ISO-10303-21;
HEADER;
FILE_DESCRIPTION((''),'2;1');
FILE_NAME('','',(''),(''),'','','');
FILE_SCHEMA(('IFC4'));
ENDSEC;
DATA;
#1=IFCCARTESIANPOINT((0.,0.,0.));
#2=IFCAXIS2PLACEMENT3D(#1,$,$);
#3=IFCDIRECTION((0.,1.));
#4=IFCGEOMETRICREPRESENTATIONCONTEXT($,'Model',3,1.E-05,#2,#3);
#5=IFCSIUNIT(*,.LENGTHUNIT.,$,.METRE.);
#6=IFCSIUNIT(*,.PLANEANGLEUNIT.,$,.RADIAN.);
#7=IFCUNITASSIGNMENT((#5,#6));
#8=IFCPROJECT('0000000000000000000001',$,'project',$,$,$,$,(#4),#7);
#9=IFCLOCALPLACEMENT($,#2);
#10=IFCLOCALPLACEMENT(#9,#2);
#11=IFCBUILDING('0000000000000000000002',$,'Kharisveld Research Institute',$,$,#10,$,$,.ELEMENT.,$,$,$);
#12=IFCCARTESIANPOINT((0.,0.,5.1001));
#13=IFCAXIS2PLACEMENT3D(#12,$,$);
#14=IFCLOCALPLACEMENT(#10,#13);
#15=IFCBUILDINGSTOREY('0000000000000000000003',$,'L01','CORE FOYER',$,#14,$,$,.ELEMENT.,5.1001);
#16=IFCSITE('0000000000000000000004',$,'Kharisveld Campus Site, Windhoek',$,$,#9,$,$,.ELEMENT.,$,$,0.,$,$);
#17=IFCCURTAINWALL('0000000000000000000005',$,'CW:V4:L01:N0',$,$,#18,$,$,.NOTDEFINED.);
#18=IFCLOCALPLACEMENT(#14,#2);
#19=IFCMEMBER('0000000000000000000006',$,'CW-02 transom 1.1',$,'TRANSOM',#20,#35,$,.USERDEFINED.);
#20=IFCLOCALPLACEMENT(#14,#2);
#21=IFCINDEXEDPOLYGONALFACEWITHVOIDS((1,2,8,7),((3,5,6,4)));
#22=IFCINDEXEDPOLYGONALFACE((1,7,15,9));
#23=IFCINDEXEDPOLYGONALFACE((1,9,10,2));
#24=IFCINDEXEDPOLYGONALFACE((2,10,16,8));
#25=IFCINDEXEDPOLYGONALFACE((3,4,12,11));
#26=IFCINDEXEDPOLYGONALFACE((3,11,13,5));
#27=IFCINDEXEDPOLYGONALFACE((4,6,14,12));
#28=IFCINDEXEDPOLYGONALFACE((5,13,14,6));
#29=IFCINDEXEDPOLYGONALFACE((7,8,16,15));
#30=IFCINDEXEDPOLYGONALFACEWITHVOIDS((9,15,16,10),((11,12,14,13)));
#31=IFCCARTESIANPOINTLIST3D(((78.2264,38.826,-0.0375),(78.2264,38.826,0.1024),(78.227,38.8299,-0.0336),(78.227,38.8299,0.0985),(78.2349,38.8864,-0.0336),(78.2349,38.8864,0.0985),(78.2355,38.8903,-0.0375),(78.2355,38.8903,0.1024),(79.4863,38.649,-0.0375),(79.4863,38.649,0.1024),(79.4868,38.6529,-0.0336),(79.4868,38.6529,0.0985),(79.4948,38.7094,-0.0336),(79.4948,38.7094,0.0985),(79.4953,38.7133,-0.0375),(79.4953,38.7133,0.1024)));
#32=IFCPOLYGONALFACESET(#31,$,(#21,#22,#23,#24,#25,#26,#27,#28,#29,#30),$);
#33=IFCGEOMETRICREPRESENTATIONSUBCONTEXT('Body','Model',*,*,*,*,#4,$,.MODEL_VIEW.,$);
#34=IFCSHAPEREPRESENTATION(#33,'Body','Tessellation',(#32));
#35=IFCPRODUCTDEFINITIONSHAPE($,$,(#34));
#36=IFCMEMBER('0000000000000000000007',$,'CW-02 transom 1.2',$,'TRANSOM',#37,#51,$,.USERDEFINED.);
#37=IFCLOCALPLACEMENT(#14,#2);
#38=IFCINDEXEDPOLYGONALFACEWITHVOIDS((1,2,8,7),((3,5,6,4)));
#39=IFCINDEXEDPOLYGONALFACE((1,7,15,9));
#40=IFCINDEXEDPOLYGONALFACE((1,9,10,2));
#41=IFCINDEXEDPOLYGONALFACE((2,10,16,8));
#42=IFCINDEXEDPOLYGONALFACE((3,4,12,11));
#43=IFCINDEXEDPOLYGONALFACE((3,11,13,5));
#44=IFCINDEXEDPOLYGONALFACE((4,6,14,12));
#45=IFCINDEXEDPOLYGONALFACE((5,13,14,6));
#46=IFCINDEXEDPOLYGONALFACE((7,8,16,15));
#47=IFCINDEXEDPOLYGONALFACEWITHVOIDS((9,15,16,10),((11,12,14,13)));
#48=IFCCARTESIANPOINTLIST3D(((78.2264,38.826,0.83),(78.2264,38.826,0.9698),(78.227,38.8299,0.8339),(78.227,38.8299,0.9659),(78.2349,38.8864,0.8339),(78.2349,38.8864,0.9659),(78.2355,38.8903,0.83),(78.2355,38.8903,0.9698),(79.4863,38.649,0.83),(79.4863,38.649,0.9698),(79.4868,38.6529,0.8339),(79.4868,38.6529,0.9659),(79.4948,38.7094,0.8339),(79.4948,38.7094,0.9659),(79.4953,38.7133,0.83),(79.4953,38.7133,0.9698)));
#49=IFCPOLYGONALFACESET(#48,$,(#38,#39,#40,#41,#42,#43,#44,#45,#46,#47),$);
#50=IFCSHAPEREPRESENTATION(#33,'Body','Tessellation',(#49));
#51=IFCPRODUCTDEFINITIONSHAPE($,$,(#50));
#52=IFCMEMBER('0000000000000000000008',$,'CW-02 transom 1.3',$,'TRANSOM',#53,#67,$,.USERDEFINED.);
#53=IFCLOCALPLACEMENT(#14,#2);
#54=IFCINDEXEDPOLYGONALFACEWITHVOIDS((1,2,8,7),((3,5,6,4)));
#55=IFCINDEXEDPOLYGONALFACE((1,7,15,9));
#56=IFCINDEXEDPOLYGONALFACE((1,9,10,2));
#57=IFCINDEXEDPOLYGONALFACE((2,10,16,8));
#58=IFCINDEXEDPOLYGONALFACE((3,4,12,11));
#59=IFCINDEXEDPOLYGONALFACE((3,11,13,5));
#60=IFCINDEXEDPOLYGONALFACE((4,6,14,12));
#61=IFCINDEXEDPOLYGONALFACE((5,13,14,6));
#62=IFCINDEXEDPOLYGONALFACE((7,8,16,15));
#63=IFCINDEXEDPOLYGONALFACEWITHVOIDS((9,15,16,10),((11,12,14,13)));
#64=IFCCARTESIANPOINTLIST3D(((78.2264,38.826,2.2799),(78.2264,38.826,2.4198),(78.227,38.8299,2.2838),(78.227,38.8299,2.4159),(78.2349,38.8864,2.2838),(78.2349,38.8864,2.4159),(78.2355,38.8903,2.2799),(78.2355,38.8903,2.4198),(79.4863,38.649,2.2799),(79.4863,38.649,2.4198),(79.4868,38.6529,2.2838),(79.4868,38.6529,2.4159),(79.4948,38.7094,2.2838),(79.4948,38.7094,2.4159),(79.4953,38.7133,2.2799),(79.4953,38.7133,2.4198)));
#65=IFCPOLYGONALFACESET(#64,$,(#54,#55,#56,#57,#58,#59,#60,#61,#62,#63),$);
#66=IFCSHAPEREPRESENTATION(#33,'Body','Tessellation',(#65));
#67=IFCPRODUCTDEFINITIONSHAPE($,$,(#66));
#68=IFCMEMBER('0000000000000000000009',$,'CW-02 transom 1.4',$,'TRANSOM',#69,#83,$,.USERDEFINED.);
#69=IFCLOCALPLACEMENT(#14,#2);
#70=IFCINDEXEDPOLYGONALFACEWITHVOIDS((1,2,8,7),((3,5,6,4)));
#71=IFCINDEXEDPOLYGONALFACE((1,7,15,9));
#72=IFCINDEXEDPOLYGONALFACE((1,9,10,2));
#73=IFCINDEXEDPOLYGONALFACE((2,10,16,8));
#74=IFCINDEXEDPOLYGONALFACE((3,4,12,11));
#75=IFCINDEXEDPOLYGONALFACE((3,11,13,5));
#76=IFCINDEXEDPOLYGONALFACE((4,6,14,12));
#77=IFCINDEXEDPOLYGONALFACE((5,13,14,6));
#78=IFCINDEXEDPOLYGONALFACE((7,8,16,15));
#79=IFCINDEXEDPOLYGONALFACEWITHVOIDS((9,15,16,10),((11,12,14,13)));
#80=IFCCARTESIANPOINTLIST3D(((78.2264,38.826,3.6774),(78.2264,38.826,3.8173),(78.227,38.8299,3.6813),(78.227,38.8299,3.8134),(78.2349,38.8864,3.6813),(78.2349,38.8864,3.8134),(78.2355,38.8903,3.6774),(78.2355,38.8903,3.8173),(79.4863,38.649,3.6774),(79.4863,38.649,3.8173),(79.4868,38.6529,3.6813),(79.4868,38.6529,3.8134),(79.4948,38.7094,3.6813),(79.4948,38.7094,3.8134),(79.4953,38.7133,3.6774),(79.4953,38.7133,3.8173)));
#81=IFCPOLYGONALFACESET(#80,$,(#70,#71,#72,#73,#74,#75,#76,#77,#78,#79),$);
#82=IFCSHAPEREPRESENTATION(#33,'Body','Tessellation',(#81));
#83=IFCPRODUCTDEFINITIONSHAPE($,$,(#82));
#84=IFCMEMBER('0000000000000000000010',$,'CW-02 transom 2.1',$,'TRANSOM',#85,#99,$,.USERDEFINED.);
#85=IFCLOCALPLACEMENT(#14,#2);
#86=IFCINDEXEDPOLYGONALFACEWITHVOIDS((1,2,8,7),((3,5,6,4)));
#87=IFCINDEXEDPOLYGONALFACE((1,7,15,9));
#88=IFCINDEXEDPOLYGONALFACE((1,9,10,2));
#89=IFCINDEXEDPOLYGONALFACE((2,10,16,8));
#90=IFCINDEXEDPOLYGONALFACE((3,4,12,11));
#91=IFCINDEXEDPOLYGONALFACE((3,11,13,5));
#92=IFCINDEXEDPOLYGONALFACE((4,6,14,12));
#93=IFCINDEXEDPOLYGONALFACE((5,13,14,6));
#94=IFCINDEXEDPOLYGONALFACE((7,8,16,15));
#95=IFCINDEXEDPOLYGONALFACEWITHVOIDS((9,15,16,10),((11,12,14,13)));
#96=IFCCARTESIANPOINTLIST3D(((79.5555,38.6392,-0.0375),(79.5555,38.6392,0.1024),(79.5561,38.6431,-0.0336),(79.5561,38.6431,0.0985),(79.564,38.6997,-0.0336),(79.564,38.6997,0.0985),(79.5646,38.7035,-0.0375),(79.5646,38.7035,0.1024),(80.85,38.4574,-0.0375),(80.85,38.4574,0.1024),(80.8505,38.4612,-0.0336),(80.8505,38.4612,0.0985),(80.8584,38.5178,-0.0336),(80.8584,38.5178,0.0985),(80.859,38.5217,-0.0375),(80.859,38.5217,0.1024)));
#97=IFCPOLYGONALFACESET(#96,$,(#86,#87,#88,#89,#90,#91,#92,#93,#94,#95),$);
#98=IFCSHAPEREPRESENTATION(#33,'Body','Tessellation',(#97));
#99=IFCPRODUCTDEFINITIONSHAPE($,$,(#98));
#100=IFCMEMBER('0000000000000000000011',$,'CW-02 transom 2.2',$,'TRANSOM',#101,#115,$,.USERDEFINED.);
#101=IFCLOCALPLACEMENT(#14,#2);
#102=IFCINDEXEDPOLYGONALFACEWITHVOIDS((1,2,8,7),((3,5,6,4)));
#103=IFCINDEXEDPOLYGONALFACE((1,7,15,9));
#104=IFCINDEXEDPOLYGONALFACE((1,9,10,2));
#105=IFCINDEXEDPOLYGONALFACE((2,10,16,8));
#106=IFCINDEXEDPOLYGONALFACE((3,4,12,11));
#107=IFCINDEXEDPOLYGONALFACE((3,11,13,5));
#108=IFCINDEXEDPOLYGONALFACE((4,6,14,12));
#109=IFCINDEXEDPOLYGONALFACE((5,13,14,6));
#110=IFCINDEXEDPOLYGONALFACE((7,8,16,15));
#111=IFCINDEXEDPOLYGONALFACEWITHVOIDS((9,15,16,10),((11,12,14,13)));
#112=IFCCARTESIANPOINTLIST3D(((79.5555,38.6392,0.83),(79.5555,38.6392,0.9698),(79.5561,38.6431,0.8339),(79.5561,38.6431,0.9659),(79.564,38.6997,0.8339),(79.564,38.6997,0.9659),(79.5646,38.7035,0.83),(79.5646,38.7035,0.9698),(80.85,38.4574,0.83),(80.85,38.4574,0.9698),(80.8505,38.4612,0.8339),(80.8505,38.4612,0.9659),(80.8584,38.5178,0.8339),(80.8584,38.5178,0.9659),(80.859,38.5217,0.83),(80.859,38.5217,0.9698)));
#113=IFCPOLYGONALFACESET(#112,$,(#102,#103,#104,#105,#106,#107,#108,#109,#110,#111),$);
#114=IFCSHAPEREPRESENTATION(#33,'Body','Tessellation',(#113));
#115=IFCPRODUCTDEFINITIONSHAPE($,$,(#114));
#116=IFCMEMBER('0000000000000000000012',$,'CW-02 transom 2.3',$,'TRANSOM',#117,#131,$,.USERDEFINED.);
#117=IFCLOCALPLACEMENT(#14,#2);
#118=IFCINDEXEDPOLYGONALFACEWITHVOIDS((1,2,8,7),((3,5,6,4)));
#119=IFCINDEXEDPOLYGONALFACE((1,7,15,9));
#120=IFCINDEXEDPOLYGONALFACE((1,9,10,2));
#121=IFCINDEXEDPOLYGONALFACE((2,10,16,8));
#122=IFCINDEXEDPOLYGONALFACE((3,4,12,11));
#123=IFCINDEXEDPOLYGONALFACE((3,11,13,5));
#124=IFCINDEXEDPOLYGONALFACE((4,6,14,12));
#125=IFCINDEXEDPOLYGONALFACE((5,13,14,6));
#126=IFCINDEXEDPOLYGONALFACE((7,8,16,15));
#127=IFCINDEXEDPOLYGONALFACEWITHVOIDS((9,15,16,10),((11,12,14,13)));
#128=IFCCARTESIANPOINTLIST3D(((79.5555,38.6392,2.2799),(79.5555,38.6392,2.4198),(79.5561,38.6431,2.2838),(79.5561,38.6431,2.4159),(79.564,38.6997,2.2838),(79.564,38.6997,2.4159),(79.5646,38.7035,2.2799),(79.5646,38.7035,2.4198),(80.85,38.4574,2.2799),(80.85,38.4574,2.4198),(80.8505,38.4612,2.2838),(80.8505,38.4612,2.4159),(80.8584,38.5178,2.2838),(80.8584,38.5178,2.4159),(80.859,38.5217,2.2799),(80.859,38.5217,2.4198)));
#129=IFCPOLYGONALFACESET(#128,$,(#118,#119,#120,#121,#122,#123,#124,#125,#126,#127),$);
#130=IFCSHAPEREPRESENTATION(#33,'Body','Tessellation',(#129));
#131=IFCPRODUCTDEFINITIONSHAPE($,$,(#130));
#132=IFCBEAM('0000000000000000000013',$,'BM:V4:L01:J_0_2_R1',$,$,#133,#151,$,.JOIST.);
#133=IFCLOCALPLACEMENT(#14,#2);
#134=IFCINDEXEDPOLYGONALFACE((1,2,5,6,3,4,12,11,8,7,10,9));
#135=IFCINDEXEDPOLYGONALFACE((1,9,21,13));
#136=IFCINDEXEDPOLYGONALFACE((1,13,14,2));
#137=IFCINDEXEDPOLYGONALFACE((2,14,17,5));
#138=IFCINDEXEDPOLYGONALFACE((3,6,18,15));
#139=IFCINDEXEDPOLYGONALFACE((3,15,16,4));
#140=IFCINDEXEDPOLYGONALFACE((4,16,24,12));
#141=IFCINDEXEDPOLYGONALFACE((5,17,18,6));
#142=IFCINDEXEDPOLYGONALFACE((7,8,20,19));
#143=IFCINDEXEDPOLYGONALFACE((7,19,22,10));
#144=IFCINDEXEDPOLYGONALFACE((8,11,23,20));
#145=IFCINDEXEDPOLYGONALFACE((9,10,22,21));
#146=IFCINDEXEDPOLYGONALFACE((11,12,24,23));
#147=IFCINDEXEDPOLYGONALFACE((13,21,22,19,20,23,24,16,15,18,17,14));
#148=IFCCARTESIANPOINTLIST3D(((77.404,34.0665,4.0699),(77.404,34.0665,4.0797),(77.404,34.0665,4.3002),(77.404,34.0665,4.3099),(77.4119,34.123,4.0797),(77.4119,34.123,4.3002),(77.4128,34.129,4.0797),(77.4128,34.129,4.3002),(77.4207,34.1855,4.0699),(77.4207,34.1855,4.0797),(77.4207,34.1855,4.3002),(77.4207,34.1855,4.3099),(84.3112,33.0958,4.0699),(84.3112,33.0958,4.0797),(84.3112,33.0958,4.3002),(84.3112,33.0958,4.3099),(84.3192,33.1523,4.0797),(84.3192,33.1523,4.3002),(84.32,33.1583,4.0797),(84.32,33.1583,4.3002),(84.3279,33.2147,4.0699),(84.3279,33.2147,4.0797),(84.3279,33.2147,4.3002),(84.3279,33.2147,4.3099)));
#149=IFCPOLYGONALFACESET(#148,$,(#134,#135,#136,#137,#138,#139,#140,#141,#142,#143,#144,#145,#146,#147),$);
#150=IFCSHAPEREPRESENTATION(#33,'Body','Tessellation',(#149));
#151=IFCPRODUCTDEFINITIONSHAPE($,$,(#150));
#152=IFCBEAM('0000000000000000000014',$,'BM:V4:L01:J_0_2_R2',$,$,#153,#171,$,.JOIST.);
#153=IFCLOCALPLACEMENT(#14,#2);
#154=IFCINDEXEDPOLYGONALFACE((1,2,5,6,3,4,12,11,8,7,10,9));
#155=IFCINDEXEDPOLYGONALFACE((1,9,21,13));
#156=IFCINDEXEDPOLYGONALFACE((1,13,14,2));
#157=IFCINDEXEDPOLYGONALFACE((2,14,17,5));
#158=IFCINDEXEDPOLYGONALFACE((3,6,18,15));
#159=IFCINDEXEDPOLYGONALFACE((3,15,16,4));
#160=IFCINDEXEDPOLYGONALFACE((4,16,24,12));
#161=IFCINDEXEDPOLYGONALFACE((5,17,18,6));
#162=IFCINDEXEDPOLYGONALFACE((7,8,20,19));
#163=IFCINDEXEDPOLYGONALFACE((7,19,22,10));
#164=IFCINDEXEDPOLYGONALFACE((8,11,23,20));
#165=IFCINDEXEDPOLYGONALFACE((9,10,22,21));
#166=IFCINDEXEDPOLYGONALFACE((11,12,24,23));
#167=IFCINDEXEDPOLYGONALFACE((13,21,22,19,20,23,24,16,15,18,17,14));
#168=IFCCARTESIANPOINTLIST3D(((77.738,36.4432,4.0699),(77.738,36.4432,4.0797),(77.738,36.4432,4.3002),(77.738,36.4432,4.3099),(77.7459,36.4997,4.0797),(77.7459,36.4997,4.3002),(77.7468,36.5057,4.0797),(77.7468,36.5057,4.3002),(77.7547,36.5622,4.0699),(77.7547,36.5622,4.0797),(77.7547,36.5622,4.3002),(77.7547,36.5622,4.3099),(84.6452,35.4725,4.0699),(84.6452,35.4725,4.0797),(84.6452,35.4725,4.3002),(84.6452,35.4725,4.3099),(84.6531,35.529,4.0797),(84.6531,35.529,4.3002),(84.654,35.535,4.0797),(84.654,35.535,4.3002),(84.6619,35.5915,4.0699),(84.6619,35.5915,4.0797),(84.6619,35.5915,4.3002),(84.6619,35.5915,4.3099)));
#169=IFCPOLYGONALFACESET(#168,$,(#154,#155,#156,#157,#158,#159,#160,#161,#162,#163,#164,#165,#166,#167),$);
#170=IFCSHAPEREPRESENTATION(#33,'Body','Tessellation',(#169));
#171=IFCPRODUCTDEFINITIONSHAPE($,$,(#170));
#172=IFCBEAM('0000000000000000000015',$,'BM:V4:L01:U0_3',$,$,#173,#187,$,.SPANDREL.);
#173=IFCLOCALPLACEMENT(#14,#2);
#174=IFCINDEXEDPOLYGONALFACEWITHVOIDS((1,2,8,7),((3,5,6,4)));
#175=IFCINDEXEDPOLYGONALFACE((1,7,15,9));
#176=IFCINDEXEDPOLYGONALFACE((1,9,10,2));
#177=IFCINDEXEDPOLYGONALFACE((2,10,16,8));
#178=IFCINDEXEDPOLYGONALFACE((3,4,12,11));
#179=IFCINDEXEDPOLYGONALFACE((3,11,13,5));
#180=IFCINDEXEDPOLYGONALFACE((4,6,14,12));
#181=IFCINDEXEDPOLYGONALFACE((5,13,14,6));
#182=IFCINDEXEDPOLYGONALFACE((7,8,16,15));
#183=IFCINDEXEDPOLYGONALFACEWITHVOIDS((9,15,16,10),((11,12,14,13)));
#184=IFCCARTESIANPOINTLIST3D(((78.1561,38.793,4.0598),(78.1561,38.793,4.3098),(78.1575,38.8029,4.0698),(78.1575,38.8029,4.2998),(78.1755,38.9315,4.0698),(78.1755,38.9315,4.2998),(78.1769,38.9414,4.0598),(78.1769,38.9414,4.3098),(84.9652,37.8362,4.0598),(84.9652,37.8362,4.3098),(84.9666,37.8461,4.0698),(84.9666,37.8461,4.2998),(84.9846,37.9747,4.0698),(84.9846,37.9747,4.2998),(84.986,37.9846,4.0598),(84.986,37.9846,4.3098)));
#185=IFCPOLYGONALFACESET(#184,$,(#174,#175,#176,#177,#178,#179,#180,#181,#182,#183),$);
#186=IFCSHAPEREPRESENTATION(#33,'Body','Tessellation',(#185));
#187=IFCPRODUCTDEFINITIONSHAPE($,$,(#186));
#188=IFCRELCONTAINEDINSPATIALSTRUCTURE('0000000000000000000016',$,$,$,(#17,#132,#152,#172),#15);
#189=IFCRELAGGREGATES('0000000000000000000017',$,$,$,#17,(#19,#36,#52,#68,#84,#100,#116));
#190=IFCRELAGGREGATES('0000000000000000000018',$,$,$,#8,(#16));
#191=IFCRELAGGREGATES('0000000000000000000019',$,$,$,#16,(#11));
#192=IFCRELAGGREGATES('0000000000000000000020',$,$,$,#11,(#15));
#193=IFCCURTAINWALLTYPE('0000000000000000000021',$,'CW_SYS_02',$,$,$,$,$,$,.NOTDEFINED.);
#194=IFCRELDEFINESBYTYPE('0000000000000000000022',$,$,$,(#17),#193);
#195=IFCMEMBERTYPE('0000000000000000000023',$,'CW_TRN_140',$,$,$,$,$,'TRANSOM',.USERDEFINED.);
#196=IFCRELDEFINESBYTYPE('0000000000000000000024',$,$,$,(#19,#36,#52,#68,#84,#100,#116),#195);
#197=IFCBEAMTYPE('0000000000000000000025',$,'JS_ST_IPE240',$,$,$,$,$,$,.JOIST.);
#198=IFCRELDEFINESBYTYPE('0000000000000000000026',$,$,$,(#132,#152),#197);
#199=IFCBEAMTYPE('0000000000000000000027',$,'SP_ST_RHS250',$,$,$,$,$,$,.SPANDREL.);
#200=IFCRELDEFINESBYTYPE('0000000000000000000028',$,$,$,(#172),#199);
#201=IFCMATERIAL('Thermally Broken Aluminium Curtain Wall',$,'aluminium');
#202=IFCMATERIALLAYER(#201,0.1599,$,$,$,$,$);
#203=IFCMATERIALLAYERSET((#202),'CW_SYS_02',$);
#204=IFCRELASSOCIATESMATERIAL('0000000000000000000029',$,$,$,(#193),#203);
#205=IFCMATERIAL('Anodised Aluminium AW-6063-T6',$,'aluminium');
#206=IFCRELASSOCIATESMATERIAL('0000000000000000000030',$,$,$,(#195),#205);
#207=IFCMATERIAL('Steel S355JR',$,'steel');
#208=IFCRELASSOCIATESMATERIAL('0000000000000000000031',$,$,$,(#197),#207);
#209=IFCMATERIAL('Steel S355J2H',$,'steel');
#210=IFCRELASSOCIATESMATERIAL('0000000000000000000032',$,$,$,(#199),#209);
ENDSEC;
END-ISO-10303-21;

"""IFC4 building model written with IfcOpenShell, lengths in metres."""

from ifc_helpers import new_model, si_unit, direction, frame, origin, origin_2d, place, context, subcontext, project, spatial, hollow_rectangle, i_section, extrude, material, layer, layer_set, material_profile, profile_set, type_object, element, aggregate, save


model = new_model("IFC4")

# Units and contexts
model_context = context("Model", 3, precision=1e-05, world=origin(), true_north=direction((0.0, 1.0)))
body_context = subcontext(model_context, "Body", "Model", "MODEL_VIEW")
ifc_project = project(units=[si_unit("LENGTHUNIT", "METRE"), si_unit("PLANEANGLEUNIT", "RADIAN")], contexts=[model_context])

# Site, building, storey
site_placement = place(None, origin())
site = spatial("IfcSite", under=ifc_project, at=site_placement, Name="Kharisveld Campus Site, Windhoek", CompositionType="ELEMENT", RefElevation=0.0)
building_placement = place(site_placement, origin())
building = spatial("IfcBuilding", under=site, at=building_placement, Name="Kharisveld Research Institute", CompositionType="ELEMENT")
storey_placement = place(building_placement, frame((0.0, 0.0, 5.1001)))
storey = spatial("IfcBuildingStorey", under=building, at=storey_placement, Name="L01", Description="CORE FOYER", CompositionType="ELEMENT", Elevation=5.1001)

# Shared definitions
ifc_material_1 = material(Name="Thermally Broken Aluminium Curtain Wall", Category="aluminium")
ifc_layer_1 = layer(ifc_material_1, 0.1599)
ifc_layer_set_1 = layer_set([ifc_layer_1], Name="CW_SYS_02")
curtain_wall_type_1 = type_object("IfcCurtainWallType", Name="CW_SYS_02", PredefinedType="NOTDEFINED", material=ifc_layer_set_1)

# Curtain wall
curtain_wall_1_placement = place(storey_placement, origin())
curtain_wall_1 = element("IfcCurtainWall", 1, at=curtain_wall_1_placement, inside=storey, type_object=curtain_wall_type_1, Name="CW:V4:L01:N0", PredefinedType="NOTDEFINED")

# Members
ifc_material_2 = material(Name="Anodised Aluminium AW-6063-T6", Category="aluminium")
ifc_material_profile_1 = material_profile(ifc_material_2, hollow_rectangle(XDim=0.0649, YDim=0.1399, WallThickness=0.0039, at=origin_2d()))
ifc_profile_set_1 = profile_set([ifc_material_profile_1], Name="Anodised Aluminium AW-6063-T6")
member_type_1 = type_object("IfcMemberType", Name="CW_TRN_140", ElementType="TRANSOM", PredefinedType="USERDEFINED", material=ifc_profile_set_1)
member_1_placement = place(storey_placement, frame((78.231, 38.8582, 0.0325), z_axis=(0.990273, -0.139137, 0.0), x_axis=(0.139137, 0.990273, 0.0)))
member_1 = element("IfcMember", 2, at=member_1_placement, type_object=member_type_1, Name="CW-02 transom 1.1", ObjectType="TRANSOM", PredefinedType="USERDEFINED", context=body_context, shape_type="SweptSolid", body=[
    extrude(hollow_rectangle(XDim=0.0649, YDim=0.1399, WallThickness=0.0039, at=origin_2d()), origin(), (0.0, 0.0, 1.0), 1.2722),
])
member_2_placement = place(storey_placement, frame((78.231, 38.8582, 0.8999), z_axis=(0.990273, -0.139137, 0.0), x_axis=(0.139137, 0.990273, 0.0)))
member_2 = element("IfcMember", 3, at=member_2_placement, type_object=member_type_1, Name="CW-02 transom 1.2", ObjectType="TRANSOM", PredefinedType="USERDEFINED", context=body_context, shape_type="SweptSolid", body=[
    extrude(hollow_rectangle(XDim=0.0649, YDim=0.1399, WallThickness=0.0039, at=origin_2d()), origin(), (0.0, 0.0, 1.0), 1.2722),
])
member_3_placement = place(storey_placement, frame((78.231, 38.8582, 2.3499), z_axis=(0.990273, -0.139137, 0.0), x_axis=(0.139137, 0.990273, 0.0)))
member_3 = element("IfcMember", 4, at=member_3_placement, type_object=member_type_1, Name="CW-02 transom 1.3", ObjectType="TRANSOM", PredefinedType="USERDEFINED", context=body_context, shape_type="SweptSolid", body=[
    extrude(hollow_rectangle(XDim=0.0649, YDim=0.1399, WallThickness=0.0039, at=origin_2d()), origin(), (0.0, 0.0, 1.0), 1.2722),
])
member_4_placement = place(storey_placement, frame((78.231, 38.8582, 3.7473), z_axis=(0.990273, -0.139137, 0.0), x_axis=(0.139137, 0.990273, 0.0)))
member_4 = element("IfcMember", 5, at=member_4_placement, type_object=member_type_1, Name="CW-02 transom 1.4", ObjectType="TRANSOM", PredefinedType="USERDEFINED", context=body_context, shape_type="SweptSolid", body=[
    extrude(hollow_rectangle(XDim=0.0649, YDim=0.1399, WallThickness=0.0039, at=origin_2d()), origin(), (0.0, 0.0, 1.0), 1.2722),
])
member_5_placement = place(storey_placement, frame((79.5601, 38.6714, 0.0325), z_axis=(0.990272, -0.139146, 0.0), x_axis=(0.139146, 0.990272, 0.0)))
member_5 = element("IfcMember", 6, at=member_5_placement, type_object=member_type_1, Name="CW-02 transom 2.1", ObjectType="TRANSOM", PredefinedType="USERDEFINED", context=body_context, shape_type="SweptSolid", body=[
    extrude(hollow_rectangle(XDim=0.0649, YDim=0.1399, WallThickness=0.0039, at=origin_2d()), origin(), (0.0, 0.0, 1.0), 1.3071),
])
member_6_placement = place(storey_placement, frame((79.5601, 38.6714, 0.8999), z_axis=(0.990272, -0.139146, 0.0), x_axis=(0.139146, 0.990272, 0.0)))
member_6 = element("IfcMember", 7, at=member_6_placement, type_object=member_type_1, Name="CW-02 transom 2.2", ObjectType="TRANSOM", PredefinedType="USERDEFINED", context=body_context, shape_type="SweptSolid", body=[
    extrude(hollow_rectangle(XDim=0.0649, YDim=0.1399, WallThickness=0.0039, at=origin_2d()), origin(), (0.0, 0.0, 1.0), 1.3071),
])
member_7_placement = place(storey_placement, frame((79.5601, 38.6714, 2.3499), z_axis=(0.990272, -0.139146, 0.0), x_axis=(0.139146, 0.990272, 0.0)))
member_7 = element("IfcMember", 8, at=member_7_placement, type_object=member_type_1, Name="CW-02 transom 2.3", ObjectType="TRANSOM", PredefinedType="USERDEFINED", context=body_context, shape_type="SweptSolid", body=[
    extrude(hollow_rectangle(XDim=0.0649, YDim=0.1399, WallThickness=0.0039, at=origin_2d()), origin(), (0.0, 0.0, 1.0), 1.3071),
])

# Beams
ifc_material_3 = material(Name="Steel S355JR", Category="steel")
ifc_material_profile_2 = material_profile(ifc_material_3, i_section(OverallWidth=0.1201, OverallDepth=0.24, WebThickness=0.0061, FlangeThickness=0.0098, at=origin_2d()))
ifc_profile_set_2 = profile_set([ifc_material_profile_2], Name="Steel S355JR")
beam_type_1 = type_object("IfcBeamType", Name="JS_ST_IPE240", PredefinedType="JOIST", material=ifc_profile_set_2)
for number, where, z_axis, x_axis, name in (
    (9, (77.4124, 34.126, 4.1899), (0.990269, -0.139167, 0.0), (0.139167, 0.990269, 0.0), "BM:V4:L01:J_0_2_R1"),
    (10, (77.7463, 36.5027, 4.1899), (0.990269, -0.139167, 0.0), (0.139167, 0.990269, 0.0), "BM:V4:L01:J_0_2_R2"),
):
    element("IfcBeam", number, at=place(storey_placement, frame(where, z_axis=z_axis, x_axis=x_axis)), inside=storey, type_object=beam_type_1, Name=name, PredefinedType="JOIST", context=body_context, shape_type="SweptSolid", body=[
        extrude(i_section(OverallWidth=0.1201, OverallDepth=0.24, WebThickness=0.0061, FlangeThickness=0.0098, at=origin_2d()), origin(), (0.0, 0.0, 1.0), 6.9751),
    ])
ifc_material_4 = material(Name="Steel S355J2H", Category="steel")
ifc_material_profile_3 = material_profile(ifc_material_4, hollow_rectangle(XDim=0.1499, YDim=0.25, WallThickness=0.01, at=origin_2d()))
ifc_profile_set_3 = profile_set([ifc_material_profile_3], Name="Steel S355J2H")
beam_type_2 = type_object("IfcBeamType", Name="SP_ST_RHS250", PredefinedType="SPANDREL", material=ifc_profile_set_3)
beam_1_placement = place(storey_placement, frame((78.1665, 38.8672, 4.1848), z_axis=(0.990271, -0.139149, 0.0), x_axis=(0.139149, 0.990271, 0.0)))
element("IfcBeam", 11, at=beam_1_placement, inside=storey, type_object=beam_type_2, Name="BM:V4:L01:U0_3", PredefinedType="SPANDREL", context=body_context, shape_type="SweptSolid", body=[
    extrude(hollow_rectangle(XDim=0.1499, YDim=0.25, WallThickness=0.01, at=origin_2d()), origin(), (0.0, 0.0, 1.0), 6.876),
])

aggregate(curtain_wall_1, [member_1, member_2, member_3, member_4, member_5, member_6, member_7])

save(model, "model.ifc")
